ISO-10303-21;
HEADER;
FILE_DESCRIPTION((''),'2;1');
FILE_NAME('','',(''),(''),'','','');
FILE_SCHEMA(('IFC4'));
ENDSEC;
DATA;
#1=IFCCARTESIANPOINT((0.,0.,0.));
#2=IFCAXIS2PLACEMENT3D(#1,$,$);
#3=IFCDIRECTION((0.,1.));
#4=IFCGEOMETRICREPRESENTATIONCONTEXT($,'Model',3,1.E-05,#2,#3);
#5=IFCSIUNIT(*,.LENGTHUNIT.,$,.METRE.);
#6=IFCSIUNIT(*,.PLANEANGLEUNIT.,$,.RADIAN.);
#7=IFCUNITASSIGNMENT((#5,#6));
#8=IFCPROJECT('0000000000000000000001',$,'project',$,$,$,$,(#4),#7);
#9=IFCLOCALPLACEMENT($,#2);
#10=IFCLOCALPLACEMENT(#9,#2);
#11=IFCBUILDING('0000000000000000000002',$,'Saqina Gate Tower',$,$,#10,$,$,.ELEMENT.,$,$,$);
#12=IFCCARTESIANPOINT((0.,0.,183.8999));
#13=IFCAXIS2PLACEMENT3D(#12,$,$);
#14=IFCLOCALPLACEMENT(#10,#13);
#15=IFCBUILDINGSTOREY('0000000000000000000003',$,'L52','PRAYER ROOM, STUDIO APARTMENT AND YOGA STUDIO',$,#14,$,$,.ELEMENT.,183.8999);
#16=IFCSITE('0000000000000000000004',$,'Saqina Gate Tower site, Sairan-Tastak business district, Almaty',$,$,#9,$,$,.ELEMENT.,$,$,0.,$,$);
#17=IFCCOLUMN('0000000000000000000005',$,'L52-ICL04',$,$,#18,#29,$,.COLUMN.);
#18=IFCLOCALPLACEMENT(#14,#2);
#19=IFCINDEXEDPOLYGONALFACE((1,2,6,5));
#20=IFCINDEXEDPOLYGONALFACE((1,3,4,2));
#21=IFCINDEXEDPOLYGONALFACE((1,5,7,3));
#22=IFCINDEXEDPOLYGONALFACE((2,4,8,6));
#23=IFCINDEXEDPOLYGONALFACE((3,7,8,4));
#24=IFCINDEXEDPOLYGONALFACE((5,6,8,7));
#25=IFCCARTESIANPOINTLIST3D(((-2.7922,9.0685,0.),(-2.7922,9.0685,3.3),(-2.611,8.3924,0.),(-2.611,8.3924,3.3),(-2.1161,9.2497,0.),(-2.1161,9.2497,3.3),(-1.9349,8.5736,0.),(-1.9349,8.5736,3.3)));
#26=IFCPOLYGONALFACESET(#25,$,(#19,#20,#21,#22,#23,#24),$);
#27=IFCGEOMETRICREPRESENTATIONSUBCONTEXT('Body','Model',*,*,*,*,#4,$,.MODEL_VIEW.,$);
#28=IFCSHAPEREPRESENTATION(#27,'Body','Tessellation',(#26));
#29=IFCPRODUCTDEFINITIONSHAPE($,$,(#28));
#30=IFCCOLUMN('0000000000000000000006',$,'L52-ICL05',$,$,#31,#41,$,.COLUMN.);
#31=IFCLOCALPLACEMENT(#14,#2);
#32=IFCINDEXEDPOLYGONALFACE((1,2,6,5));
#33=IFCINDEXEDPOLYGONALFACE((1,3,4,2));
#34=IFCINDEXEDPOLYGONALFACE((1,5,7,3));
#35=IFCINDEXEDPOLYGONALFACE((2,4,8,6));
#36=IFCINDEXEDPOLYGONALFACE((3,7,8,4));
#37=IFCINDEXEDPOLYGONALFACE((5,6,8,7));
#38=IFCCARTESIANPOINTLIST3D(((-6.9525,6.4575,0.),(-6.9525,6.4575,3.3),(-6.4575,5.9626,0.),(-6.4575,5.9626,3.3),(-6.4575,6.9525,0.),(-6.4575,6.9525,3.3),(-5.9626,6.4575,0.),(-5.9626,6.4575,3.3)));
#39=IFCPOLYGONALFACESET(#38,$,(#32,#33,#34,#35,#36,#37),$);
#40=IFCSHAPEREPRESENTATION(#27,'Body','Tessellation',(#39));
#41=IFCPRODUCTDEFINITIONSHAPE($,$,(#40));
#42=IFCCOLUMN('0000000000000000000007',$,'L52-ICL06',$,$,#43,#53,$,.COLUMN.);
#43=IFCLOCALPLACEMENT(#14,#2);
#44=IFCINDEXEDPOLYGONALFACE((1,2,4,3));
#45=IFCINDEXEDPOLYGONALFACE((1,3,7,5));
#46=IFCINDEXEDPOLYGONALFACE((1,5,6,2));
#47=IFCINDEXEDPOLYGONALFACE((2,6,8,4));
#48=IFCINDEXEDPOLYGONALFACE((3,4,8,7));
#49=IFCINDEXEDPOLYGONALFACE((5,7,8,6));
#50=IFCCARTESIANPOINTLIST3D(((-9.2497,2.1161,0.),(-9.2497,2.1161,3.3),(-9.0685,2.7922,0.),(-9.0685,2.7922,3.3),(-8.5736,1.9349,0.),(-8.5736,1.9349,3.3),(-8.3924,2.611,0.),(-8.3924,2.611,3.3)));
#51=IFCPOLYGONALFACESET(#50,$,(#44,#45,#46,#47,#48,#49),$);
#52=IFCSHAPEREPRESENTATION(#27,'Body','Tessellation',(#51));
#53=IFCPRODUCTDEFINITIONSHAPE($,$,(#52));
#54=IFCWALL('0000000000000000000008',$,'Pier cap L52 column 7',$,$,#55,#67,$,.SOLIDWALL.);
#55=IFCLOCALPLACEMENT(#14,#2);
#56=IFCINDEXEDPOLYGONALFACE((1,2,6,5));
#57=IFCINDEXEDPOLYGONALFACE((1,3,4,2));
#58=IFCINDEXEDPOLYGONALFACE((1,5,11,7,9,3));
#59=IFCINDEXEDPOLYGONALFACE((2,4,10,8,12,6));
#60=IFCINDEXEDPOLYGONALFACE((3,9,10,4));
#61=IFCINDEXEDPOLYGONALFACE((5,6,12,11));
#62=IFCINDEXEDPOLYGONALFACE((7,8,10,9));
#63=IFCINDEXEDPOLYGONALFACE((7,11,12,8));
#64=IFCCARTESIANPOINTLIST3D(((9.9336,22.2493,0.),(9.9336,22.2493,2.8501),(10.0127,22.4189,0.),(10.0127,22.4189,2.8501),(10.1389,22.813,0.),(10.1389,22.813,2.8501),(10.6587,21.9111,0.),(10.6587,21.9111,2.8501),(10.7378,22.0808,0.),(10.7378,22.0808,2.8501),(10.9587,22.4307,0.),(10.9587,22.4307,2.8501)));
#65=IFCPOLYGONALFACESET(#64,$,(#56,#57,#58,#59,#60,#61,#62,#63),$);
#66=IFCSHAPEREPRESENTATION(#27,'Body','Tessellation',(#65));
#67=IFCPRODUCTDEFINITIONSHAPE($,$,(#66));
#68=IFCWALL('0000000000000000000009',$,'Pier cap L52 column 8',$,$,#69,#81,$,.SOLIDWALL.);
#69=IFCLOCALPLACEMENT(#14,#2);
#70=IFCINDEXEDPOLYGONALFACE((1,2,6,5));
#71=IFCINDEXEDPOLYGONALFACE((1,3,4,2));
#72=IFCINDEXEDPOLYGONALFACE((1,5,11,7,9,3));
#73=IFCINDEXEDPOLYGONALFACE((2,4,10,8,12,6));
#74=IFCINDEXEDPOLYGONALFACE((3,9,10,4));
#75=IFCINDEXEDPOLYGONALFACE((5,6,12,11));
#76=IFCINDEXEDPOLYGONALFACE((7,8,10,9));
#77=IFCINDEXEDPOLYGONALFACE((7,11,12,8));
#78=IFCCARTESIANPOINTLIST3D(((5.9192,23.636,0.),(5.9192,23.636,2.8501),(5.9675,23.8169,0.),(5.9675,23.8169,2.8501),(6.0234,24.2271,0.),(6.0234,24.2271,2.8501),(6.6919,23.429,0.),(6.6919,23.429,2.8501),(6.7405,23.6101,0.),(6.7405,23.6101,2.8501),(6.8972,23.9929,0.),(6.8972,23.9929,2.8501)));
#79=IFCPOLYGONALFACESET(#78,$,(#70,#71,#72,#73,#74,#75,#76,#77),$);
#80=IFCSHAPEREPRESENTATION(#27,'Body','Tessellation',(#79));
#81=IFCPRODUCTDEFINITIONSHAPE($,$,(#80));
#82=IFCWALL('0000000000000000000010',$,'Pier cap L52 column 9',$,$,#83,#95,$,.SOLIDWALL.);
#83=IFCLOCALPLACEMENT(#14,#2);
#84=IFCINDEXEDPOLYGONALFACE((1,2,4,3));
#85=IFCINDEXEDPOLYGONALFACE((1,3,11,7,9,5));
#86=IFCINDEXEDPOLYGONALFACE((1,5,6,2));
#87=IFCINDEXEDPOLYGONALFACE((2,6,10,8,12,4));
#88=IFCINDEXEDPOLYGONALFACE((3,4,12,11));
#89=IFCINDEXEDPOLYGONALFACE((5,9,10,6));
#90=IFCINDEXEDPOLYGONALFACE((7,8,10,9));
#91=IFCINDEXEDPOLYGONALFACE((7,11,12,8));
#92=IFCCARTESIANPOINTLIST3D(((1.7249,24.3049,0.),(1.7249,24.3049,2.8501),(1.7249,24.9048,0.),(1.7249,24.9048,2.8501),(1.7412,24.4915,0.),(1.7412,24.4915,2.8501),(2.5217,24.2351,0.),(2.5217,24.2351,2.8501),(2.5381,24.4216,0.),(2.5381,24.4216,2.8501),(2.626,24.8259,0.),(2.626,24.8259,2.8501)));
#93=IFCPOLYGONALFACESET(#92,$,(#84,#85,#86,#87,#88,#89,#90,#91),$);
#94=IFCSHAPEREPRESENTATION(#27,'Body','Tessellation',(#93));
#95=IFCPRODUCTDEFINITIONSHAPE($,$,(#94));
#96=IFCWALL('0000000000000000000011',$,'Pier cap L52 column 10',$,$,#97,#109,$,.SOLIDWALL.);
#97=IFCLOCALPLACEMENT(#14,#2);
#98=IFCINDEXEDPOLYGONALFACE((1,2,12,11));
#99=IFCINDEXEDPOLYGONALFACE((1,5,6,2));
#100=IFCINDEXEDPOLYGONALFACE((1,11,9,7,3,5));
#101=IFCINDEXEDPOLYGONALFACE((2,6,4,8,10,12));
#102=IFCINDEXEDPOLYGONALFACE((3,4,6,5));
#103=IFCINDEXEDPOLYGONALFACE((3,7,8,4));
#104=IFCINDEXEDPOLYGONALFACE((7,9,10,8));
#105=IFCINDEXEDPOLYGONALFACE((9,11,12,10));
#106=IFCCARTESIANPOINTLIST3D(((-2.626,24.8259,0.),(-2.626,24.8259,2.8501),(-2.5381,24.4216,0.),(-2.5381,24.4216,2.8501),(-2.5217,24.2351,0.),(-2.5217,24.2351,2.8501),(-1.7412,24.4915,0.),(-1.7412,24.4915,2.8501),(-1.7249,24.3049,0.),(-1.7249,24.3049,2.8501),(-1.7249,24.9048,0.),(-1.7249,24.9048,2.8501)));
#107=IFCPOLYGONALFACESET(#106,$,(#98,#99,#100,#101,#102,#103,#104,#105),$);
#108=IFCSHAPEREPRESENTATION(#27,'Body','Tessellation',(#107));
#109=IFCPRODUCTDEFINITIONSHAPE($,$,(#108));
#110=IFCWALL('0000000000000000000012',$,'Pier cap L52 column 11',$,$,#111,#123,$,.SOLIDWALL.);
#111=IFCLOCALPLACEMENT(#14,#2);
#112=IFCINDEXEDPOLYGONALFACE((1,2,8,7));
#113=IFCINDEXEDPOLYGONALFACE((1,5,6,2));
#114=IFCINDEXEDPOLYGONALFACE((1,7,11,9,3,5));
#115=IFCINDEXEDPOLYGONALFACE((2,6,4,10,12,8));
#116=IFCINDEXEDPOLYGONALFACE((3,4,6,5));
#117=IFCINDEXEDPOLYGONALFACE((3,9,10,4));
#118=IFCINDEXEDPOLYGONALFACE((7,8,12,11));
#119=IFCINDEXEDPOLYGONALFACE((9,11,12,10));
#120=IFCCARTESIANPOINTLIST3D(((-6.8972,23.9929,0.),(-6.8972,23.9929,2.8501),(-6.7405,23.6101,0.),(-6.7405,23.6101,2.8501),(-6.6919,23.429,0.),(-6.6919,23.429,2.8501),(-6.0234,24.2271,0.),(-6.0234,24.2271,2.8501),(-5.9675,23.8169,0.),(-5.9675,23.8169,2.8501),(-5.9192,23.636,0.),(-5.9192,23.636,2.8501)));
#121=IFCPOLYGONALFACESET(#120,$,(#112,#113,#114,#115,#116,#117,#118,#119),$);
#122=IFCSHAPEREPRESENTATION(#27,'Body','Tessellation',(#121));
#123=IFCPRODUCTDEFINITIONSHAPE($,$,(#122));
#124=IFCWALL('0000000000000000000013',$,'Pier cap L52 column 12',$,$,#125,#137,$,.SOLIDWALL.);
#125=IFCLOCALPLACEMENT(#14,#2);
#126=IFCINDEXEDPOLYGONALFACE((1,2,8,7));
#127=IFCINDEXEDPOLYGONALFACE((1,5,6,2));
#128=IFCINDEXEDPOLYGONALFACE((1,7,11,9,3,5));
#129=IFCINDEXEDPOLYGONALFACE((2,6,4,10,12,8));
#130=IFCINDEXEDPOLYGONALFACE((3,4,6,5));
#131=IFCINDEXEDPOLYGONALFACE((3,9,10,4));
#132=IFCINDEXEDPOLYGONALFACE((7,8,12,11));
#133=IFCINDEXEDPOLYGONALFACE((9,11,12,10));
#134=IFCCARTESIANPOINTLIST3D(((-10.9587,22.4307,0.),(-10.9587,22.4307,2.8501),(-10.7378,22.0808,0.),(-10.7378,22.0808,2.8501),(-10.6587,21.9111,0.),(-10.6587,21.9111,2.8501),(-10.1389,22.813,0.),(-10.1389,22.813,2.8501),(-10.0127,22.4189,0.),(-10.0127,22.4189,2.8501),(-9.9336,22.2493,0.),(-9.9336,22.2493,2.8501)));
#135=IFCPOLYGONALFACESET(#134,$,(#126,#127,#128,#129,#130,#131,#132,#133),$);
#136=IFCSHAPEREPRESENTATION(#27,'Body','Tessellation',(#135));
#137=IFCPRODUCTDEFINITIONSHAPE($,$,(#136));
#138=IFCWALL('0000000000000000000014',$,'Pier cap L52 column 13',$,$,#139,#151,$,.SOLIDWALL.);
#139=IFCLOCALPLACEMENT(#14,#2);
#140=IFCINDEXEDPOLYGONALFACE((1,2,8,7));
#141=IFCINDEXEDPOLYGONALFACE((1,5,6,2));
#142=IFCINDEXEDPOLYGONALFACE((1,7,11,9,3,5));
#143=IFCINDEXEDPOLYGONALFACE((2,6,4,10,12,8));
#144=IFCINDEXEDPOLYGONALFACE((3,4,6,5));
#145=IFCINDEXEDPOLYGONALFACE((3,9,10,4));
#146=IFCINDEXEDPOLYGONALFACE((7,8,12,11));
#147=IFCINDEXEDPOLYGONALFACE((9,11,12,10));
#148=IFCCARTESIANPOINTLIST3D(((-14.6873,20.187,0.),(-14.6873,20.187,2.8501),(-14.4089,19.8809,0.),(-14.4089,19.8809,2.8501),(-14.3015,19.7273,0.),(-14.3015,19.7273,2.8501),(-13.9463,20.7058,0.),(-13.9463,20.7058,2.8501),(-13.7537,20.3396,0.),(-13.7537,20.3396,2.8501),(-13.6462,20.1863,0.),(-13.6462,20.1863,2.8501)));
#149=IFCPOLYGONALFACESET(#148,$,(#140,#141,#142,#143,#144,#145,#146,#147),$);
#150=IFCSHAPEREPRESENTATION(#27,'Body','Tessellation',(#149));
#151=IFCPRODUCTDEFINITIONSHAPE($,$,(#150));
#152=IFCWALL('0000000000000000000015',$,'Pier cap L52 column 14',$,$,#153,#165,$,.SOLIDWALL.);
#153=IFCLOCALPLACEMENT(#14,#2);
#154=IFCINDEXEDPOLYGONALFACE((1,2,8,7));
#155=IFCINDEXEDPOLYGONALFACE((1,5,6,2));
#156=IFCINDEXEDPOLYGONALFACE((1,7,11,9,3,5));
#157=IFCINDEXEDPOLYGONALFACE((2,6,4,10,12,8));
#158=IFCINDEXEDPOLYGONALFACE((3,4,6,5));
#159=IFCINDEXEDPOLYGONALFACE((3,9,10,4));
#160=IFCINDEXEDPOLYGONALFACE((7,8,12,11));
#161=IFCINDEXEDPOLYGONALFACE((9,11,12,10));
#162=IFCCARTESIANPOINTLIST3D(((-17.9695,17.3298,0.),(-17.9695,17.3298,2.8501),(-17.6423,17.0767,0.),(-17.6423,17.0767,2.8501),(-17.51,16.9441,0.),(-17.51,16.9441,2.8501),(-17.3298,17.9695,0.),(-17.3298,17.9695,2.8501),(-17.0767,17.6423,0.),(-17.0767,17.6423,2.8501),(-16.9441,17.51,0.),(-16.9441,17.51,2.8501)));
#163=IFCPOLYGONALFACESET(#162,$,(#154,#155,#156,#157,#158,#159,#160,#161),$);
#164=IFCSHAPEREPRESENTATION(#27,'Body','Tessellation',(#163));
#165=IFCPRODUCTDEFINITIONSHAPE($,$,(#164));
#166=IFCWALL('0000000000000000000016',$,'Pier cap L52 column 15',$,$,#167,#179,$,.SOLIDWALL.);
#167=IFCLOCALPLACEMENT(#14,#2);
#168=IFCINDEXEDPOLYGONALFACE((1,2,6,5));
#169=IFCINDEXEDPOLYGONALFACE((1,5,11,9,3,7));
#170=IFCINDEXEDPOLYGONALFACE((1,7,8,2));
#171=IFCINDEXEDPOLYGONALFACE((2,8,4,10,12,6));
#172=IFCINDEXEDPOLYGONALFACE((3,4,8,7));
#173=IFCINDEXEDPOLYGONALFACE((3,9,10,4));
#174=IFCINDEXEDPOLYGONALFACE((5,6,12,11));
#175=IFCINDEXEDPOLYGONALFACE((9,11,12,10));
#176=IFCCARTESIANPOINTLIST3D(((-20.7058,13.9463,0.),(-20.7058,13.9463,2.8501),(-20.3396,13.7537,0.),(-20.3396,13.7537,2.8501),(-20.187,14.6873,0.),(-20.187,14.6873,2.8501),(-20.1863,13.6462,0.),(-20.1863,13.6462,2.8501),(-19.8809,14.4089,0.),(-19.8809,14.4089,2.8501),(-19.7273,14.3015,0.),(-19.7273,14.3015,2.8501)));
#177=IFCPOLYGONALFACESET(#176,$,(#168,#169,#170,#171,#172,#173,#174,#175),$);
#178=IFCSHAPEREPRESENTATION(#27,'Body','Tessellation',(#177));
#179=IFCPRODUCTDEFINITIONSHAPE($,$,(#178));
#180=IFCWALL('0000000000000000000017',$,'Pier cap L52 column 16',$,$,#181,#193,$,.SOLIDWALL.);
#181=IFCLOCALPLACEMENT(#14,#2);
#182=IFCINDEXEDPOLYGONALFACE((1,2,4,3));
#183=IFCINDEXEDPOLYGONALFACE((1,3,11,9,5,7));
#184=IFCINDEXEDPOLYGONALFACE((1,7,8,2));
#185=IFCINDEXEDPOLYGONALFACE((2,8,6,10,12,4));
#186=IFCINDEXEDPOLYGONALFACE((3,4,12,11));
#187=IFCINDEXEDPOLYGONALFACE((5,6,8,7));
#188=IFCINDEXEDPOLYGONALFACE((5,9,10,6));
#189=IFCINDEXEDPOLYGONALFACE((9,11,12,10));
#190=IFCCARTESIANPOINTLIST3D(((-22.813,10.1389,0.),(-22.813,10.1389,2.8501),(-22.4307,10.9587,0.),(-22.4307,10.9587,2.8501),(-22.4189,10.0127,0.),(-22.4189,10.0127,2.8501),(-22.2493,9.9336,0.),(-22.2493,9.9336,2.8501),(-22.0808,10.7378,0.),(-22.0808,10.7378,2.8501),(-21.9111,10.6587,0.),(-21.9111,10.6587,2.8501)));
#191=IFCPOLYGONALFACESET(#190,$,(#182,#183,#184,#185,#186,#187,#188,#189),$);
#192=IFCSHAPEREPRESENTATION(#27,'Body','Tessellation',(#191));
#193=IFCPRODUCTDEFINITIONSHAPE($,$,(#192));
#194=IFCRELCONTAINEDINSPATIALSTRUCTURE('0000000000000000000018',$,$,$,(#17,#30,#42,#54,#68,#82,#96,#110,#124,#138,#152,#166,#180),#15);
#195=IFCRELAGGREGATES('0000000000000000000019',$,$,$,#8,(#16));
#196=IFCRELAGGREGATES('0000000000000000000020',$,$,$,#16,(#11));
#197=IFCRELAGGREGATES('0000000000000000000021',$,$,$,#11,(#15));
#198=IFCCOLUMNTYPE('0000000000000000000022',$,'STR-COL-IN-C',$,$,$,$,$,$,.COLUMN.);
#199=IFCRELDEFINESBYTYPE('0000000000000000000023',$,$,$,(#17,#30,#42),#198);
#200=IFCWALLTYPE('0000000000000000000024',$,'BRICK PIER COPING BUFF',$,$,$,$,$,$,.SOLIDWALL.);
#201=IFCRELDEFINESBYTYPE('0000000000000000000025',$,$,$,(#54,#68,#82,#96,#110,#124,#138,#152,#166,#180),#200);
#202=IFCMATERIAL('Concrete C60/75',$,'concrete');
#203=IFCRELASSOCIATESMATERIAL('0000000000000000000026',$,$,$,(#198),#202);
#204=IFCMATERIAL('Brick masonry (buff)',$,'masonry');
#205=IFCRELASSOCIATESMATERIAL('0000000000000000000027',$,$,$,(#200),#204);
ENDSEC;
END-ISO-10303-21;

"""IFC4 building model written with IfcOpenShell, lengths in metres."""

from ifc_helpers import new_model, si_unit, direction, frame, origin, origin_2d, place, context, subcontext, project, spatial, polyline, rectangle, outline, extrude, material, material_profile, profile_set, type_object, element, save


model = new_model("IFC4")

# Units and contexts
model_context = context("Model", 3, precision=1e-05, world=origin(), true_north=direction((0.0, 1.0)))
body_context = subcontext(model_context, "Body", "Model", "MODEL_VIEW")
ifc_project = project(units=[si_unit("LENGTHUNIT", "METRE"), si_unit("PLANEANGLEUNIT", "RADIAN")], contexts=[model_context])

# Site, building, storey
site_placement = place(None, origin())
site = spatial("IfcSite", under=ifc_project, at=site_placement, Name="Saqina Gate Tower site, Sairan-Tastak business district, Almaty", CompositionType="ELEMENT", RefElevation=0.0)
building_placement = place(site_placement, origin())
building = spatial("IfcBuilding", under=site, at=building_placement, Name="Saqina Gate Tower", CompositionType="ELEMENT")
storey_placement = place(building_placement, frame((0.0, 0.0, 183.8999)))
storey = spatial("IfcBuildingStorey", under=building, at=storey_placement, Name="L52", Description="PRAYER ROOM, STUDIO APARTMENT AND YOGA STUDIO", CompositionType="ELEMENT", Elevation=183.8999)

# Columns
ifc_material_1 = material(Name="Concrete C60/75", Category="concrete")
ifc_material_profile = material_profile(ifc_material_1, rectangle(XDim=0.7, YDim=0.7, at=origin_2d()), Name="RC 700x700")
ifc_profile_set = profile_set([ifc_material_profile], Name="Concrete C60/75")
column_type = type_object("IfcColumnType", Name="STR-COL-IN-C", PredefinedType="COLUMN", material=ifc_profile_set)
for number, where, z_axis, x_axis, name in (
    (1, (-2.3635, 8.821, 0.0), (0.0, 0.0, 1.0), (-0.258819, 0.965926, 0.0), "L52-ICL04"),
    (2, (-6.4575, 6.4575, 0.0), (0.0, 0.0, 1.0), (-0.707107, 0.707107, 0.0), "L52-ICL05"),
    (3, (-8.821, 2.3635, 0.0), (0.0, 0.0, 1.0), (-0.965926, 0.258819, 0.0), "L52-ICL06"),
):
    element("IfcColumn", number, at=place(storey_placement, frame(where, z_axis=z_axis, x_axis=x_axis)), inside=storey, type_object=column_type, Name=name, PredefinedType="COLUMN", context=body_context, shape_type="SweptSolid", body=[
        extrude(rectangle(XDim=0.7, YDim=0.7, at=origin_2d()), origin(), (0.0, 0.0, 1.0), 3.3),
    ])

# Walls
ifc_material_2 = material(Name="Brick masonry (buff)", Category="masonry")
wall_type_1 = type_object("IfcWallType", Name="BRICK PIER COPING BUFF", PredefinedType="SOLIDWALL", material=ifc_material_2)
wall_1_placement = place(storey_placement, origin())
element("IfcWall", 4, at=wall_1_placement, inside=storey, type_object=wall_type_1, Name="Pier cap L52 column 7", PredefinedType="SOLIDWALL", context=body_context, shape_type="SweptSolid", body=[
    extrude(outline(polyline([(10.1389, 22.813), (9.9336, 22.2493), (10.0127, 22.4189), (10.7378, 22.0808), (10.6587, 21.9111), (10.9587, 22.4307), (10.1389, 22.813)])), origin(), (0.0, 0.0, 1.0), 2.8501),
])
wall_2_placement = place(storey_placement, origin())
element("IfcWall", 5, at=wall_2_placement, inside=storey, type_object=wall_type_1, Name="Pier cap L52 column 8", PredefinedType="SOLIDWALL", context=body_context, shape_type="SweptSolid", body=[
    extrude(outline(polyline([(6.0234, 24.2271), (5.9192, 23.636), (5.9675, 23.8169), (6.7405, 23.6101), (6.6919, 23.429), (6.8972, 23.9929), (6.0234, 24.2271)])), origin(), (0.0, 0.0, 1.0), 2.8501),
])
wall_3_placement = place(storey_placement, origin())
element("IfcWall", 6, at=wall_3_placement, inside=storey, type_object=wall_type_1, Name="Pier cap L52 column 9", PredefinedType="SOLIDWALL", context=body_context, shape_type="SweptSolid", body=[
    extrude(outline(polyline([(2.626, 24.8259), (1.7249, 24.9048), (1.7249, 24.3049), (1.7412, 24.4915), (2.5381, 24.4216), (2.5217, 24.2351), (2.626, 24.8259)])), origin(), (0.0, 0.0, 1.0), 2.8501),
])
wall_4_placement = place(storey_placement, origin())
element("IfcWall", 7, at=wall_4_placement, inside=storey, type_object=wall_type_1, Name="Pier cap L52 column 10", PredefinedType="SOLIDWALL", context=body_context, shape_type="SweptSolid", body=[
    extrude(outline(polyline([(-1.7249, 24.9048), (-2.626, 24.8259), (-2.5217, 24.2351), (-2.5381, 24.4216), (-1.7412, 24.4915), (-1.7249, 24.3049), (-1.7249, 24.9048)])), origin(), (0.0, 0.0, 1.0), 2.8501),
])
wall_5_placement = place(storey_placement, origin())
element("IfcWall", 8, at=wall_5_placement, inside=storey, type_object=wall_type_1, Name="Pier cap L52 column 11", PredefinedType="SOLIDWALL", context=body_context, shape_type="SweptSolid", body=[
    extrude(outline(polyline([(-6.0234, 24.2271), (-6.8972, 23.9929), (-6.6919, 23.429), (-6.7405, 23.6101), (-5.9675, 23.8169), (-5.9192, 23.636), (-6.0234, 24.2271)])), origin(), (0.0, 0.0, 1.0), 2.8501),
])
wall_6_placement = place(storey_placement, origin())
element("IfcWall", 9, at=wall_6_placement, inside=storey, type_object=wall_type_1, Name="Pier cap L52 column 12", PredefinedType="SOLIDWALL", context=body_context, shape_type="SweptSolid", body=[
    extrude(outline(polyline([(-10.9587, 22.4307), (-10.6587, 21.9111), (-10.7378, 22.0808), (-10.0127, 22.4189), (-9.9336, 22.2493), (-10.1389, 22.813), (-10.9587, 22.4307)])), origin(), (0.0, 0.0, 1.0), 2.8501),
])
wall_7_placement = place(storey_placement, origin())
element("IfcWall", 10, at=wall_7_placement, inside=storey, type_object=wall_type_1, Name="Pier cap L52 column 13", PredefinedType="SOLIDWALL", context=body_context, shape_type="SweptSolid", body=[
    extrude(outline(polyline([(-13.9463, 20.7058), (-14.6873, 20.187), (-14.3015, 19.7273), (-14.4089, 19.8809), (-13.7537, 20.3396), (-13.6462, 20.1863), (-13.9463, 20.7058)])), origin(), (0.0, 0.0, 1.0), 2.8501),
])
wall_8_placement = place(storey_placement, origin())
element("IfcWall", 11, at=wall_8_placement, inside=storey, type_object=wall_type_1, Name="Pier cap L52 column 14", PredefinedType="SOLIDWALL", context=body_context, shape_type="SweptSolid", body=[
    extrude(outline(polyline([(-17.9695, 17.3298), (-17.51, 16.9441), (-17.6423, 17.0767), (-17.0767, 17.6423), (-16.9441, 17.51), (-17.3298, 17.9695), (-17.9695, 17.3298)])), origin(), (0.0, 0.0, 1.0), 2.8501),
])
wall_9_placement = place(storey_placement, origin())
element("IfcWall", 12, at=wall_9_placement, inside=storey, type_object=wall_type_1, Name="Pier cap L52 column 15", PredefinedType="SOLIDWALL", context=body_context, shape_type="SweptSolid", body=[
    extrude(outline(polyline([(-20.187, 14.6873), (-20.7058, 13.9463), (-20.1863, 13.6462), (-20.3396, 13.7537), (-19.8809, 14.4089), (-19.7273, 14.3015), (-20.187, 14.6873)])), origin(), (0.0, 0.0, 1.0), 2.8501),
])
wall_10_placement = place(storey_placement, origin())
element("IfcWall", 13, at=wall_10_placement, inside=storey, type_object=wall_type_1, Name="Pier cap L52 column 16", PredefinedType="SOLIDWALL", context=body_context, shape_type="SweptSolid", body=[
    extrude(outline(polyline([(-22.813, 10.1389), (-22.2493, 9.9336), (-22.4189, 10.0127), (-22.0808, 10.7378), (-21.9111, 10.6587), (-22.4307, 10.9587), (-22.813, 10.1389)])), origin(), (0.0, 0.0, 1.0), 2.8501),
])

save(model, "model.ifc")
